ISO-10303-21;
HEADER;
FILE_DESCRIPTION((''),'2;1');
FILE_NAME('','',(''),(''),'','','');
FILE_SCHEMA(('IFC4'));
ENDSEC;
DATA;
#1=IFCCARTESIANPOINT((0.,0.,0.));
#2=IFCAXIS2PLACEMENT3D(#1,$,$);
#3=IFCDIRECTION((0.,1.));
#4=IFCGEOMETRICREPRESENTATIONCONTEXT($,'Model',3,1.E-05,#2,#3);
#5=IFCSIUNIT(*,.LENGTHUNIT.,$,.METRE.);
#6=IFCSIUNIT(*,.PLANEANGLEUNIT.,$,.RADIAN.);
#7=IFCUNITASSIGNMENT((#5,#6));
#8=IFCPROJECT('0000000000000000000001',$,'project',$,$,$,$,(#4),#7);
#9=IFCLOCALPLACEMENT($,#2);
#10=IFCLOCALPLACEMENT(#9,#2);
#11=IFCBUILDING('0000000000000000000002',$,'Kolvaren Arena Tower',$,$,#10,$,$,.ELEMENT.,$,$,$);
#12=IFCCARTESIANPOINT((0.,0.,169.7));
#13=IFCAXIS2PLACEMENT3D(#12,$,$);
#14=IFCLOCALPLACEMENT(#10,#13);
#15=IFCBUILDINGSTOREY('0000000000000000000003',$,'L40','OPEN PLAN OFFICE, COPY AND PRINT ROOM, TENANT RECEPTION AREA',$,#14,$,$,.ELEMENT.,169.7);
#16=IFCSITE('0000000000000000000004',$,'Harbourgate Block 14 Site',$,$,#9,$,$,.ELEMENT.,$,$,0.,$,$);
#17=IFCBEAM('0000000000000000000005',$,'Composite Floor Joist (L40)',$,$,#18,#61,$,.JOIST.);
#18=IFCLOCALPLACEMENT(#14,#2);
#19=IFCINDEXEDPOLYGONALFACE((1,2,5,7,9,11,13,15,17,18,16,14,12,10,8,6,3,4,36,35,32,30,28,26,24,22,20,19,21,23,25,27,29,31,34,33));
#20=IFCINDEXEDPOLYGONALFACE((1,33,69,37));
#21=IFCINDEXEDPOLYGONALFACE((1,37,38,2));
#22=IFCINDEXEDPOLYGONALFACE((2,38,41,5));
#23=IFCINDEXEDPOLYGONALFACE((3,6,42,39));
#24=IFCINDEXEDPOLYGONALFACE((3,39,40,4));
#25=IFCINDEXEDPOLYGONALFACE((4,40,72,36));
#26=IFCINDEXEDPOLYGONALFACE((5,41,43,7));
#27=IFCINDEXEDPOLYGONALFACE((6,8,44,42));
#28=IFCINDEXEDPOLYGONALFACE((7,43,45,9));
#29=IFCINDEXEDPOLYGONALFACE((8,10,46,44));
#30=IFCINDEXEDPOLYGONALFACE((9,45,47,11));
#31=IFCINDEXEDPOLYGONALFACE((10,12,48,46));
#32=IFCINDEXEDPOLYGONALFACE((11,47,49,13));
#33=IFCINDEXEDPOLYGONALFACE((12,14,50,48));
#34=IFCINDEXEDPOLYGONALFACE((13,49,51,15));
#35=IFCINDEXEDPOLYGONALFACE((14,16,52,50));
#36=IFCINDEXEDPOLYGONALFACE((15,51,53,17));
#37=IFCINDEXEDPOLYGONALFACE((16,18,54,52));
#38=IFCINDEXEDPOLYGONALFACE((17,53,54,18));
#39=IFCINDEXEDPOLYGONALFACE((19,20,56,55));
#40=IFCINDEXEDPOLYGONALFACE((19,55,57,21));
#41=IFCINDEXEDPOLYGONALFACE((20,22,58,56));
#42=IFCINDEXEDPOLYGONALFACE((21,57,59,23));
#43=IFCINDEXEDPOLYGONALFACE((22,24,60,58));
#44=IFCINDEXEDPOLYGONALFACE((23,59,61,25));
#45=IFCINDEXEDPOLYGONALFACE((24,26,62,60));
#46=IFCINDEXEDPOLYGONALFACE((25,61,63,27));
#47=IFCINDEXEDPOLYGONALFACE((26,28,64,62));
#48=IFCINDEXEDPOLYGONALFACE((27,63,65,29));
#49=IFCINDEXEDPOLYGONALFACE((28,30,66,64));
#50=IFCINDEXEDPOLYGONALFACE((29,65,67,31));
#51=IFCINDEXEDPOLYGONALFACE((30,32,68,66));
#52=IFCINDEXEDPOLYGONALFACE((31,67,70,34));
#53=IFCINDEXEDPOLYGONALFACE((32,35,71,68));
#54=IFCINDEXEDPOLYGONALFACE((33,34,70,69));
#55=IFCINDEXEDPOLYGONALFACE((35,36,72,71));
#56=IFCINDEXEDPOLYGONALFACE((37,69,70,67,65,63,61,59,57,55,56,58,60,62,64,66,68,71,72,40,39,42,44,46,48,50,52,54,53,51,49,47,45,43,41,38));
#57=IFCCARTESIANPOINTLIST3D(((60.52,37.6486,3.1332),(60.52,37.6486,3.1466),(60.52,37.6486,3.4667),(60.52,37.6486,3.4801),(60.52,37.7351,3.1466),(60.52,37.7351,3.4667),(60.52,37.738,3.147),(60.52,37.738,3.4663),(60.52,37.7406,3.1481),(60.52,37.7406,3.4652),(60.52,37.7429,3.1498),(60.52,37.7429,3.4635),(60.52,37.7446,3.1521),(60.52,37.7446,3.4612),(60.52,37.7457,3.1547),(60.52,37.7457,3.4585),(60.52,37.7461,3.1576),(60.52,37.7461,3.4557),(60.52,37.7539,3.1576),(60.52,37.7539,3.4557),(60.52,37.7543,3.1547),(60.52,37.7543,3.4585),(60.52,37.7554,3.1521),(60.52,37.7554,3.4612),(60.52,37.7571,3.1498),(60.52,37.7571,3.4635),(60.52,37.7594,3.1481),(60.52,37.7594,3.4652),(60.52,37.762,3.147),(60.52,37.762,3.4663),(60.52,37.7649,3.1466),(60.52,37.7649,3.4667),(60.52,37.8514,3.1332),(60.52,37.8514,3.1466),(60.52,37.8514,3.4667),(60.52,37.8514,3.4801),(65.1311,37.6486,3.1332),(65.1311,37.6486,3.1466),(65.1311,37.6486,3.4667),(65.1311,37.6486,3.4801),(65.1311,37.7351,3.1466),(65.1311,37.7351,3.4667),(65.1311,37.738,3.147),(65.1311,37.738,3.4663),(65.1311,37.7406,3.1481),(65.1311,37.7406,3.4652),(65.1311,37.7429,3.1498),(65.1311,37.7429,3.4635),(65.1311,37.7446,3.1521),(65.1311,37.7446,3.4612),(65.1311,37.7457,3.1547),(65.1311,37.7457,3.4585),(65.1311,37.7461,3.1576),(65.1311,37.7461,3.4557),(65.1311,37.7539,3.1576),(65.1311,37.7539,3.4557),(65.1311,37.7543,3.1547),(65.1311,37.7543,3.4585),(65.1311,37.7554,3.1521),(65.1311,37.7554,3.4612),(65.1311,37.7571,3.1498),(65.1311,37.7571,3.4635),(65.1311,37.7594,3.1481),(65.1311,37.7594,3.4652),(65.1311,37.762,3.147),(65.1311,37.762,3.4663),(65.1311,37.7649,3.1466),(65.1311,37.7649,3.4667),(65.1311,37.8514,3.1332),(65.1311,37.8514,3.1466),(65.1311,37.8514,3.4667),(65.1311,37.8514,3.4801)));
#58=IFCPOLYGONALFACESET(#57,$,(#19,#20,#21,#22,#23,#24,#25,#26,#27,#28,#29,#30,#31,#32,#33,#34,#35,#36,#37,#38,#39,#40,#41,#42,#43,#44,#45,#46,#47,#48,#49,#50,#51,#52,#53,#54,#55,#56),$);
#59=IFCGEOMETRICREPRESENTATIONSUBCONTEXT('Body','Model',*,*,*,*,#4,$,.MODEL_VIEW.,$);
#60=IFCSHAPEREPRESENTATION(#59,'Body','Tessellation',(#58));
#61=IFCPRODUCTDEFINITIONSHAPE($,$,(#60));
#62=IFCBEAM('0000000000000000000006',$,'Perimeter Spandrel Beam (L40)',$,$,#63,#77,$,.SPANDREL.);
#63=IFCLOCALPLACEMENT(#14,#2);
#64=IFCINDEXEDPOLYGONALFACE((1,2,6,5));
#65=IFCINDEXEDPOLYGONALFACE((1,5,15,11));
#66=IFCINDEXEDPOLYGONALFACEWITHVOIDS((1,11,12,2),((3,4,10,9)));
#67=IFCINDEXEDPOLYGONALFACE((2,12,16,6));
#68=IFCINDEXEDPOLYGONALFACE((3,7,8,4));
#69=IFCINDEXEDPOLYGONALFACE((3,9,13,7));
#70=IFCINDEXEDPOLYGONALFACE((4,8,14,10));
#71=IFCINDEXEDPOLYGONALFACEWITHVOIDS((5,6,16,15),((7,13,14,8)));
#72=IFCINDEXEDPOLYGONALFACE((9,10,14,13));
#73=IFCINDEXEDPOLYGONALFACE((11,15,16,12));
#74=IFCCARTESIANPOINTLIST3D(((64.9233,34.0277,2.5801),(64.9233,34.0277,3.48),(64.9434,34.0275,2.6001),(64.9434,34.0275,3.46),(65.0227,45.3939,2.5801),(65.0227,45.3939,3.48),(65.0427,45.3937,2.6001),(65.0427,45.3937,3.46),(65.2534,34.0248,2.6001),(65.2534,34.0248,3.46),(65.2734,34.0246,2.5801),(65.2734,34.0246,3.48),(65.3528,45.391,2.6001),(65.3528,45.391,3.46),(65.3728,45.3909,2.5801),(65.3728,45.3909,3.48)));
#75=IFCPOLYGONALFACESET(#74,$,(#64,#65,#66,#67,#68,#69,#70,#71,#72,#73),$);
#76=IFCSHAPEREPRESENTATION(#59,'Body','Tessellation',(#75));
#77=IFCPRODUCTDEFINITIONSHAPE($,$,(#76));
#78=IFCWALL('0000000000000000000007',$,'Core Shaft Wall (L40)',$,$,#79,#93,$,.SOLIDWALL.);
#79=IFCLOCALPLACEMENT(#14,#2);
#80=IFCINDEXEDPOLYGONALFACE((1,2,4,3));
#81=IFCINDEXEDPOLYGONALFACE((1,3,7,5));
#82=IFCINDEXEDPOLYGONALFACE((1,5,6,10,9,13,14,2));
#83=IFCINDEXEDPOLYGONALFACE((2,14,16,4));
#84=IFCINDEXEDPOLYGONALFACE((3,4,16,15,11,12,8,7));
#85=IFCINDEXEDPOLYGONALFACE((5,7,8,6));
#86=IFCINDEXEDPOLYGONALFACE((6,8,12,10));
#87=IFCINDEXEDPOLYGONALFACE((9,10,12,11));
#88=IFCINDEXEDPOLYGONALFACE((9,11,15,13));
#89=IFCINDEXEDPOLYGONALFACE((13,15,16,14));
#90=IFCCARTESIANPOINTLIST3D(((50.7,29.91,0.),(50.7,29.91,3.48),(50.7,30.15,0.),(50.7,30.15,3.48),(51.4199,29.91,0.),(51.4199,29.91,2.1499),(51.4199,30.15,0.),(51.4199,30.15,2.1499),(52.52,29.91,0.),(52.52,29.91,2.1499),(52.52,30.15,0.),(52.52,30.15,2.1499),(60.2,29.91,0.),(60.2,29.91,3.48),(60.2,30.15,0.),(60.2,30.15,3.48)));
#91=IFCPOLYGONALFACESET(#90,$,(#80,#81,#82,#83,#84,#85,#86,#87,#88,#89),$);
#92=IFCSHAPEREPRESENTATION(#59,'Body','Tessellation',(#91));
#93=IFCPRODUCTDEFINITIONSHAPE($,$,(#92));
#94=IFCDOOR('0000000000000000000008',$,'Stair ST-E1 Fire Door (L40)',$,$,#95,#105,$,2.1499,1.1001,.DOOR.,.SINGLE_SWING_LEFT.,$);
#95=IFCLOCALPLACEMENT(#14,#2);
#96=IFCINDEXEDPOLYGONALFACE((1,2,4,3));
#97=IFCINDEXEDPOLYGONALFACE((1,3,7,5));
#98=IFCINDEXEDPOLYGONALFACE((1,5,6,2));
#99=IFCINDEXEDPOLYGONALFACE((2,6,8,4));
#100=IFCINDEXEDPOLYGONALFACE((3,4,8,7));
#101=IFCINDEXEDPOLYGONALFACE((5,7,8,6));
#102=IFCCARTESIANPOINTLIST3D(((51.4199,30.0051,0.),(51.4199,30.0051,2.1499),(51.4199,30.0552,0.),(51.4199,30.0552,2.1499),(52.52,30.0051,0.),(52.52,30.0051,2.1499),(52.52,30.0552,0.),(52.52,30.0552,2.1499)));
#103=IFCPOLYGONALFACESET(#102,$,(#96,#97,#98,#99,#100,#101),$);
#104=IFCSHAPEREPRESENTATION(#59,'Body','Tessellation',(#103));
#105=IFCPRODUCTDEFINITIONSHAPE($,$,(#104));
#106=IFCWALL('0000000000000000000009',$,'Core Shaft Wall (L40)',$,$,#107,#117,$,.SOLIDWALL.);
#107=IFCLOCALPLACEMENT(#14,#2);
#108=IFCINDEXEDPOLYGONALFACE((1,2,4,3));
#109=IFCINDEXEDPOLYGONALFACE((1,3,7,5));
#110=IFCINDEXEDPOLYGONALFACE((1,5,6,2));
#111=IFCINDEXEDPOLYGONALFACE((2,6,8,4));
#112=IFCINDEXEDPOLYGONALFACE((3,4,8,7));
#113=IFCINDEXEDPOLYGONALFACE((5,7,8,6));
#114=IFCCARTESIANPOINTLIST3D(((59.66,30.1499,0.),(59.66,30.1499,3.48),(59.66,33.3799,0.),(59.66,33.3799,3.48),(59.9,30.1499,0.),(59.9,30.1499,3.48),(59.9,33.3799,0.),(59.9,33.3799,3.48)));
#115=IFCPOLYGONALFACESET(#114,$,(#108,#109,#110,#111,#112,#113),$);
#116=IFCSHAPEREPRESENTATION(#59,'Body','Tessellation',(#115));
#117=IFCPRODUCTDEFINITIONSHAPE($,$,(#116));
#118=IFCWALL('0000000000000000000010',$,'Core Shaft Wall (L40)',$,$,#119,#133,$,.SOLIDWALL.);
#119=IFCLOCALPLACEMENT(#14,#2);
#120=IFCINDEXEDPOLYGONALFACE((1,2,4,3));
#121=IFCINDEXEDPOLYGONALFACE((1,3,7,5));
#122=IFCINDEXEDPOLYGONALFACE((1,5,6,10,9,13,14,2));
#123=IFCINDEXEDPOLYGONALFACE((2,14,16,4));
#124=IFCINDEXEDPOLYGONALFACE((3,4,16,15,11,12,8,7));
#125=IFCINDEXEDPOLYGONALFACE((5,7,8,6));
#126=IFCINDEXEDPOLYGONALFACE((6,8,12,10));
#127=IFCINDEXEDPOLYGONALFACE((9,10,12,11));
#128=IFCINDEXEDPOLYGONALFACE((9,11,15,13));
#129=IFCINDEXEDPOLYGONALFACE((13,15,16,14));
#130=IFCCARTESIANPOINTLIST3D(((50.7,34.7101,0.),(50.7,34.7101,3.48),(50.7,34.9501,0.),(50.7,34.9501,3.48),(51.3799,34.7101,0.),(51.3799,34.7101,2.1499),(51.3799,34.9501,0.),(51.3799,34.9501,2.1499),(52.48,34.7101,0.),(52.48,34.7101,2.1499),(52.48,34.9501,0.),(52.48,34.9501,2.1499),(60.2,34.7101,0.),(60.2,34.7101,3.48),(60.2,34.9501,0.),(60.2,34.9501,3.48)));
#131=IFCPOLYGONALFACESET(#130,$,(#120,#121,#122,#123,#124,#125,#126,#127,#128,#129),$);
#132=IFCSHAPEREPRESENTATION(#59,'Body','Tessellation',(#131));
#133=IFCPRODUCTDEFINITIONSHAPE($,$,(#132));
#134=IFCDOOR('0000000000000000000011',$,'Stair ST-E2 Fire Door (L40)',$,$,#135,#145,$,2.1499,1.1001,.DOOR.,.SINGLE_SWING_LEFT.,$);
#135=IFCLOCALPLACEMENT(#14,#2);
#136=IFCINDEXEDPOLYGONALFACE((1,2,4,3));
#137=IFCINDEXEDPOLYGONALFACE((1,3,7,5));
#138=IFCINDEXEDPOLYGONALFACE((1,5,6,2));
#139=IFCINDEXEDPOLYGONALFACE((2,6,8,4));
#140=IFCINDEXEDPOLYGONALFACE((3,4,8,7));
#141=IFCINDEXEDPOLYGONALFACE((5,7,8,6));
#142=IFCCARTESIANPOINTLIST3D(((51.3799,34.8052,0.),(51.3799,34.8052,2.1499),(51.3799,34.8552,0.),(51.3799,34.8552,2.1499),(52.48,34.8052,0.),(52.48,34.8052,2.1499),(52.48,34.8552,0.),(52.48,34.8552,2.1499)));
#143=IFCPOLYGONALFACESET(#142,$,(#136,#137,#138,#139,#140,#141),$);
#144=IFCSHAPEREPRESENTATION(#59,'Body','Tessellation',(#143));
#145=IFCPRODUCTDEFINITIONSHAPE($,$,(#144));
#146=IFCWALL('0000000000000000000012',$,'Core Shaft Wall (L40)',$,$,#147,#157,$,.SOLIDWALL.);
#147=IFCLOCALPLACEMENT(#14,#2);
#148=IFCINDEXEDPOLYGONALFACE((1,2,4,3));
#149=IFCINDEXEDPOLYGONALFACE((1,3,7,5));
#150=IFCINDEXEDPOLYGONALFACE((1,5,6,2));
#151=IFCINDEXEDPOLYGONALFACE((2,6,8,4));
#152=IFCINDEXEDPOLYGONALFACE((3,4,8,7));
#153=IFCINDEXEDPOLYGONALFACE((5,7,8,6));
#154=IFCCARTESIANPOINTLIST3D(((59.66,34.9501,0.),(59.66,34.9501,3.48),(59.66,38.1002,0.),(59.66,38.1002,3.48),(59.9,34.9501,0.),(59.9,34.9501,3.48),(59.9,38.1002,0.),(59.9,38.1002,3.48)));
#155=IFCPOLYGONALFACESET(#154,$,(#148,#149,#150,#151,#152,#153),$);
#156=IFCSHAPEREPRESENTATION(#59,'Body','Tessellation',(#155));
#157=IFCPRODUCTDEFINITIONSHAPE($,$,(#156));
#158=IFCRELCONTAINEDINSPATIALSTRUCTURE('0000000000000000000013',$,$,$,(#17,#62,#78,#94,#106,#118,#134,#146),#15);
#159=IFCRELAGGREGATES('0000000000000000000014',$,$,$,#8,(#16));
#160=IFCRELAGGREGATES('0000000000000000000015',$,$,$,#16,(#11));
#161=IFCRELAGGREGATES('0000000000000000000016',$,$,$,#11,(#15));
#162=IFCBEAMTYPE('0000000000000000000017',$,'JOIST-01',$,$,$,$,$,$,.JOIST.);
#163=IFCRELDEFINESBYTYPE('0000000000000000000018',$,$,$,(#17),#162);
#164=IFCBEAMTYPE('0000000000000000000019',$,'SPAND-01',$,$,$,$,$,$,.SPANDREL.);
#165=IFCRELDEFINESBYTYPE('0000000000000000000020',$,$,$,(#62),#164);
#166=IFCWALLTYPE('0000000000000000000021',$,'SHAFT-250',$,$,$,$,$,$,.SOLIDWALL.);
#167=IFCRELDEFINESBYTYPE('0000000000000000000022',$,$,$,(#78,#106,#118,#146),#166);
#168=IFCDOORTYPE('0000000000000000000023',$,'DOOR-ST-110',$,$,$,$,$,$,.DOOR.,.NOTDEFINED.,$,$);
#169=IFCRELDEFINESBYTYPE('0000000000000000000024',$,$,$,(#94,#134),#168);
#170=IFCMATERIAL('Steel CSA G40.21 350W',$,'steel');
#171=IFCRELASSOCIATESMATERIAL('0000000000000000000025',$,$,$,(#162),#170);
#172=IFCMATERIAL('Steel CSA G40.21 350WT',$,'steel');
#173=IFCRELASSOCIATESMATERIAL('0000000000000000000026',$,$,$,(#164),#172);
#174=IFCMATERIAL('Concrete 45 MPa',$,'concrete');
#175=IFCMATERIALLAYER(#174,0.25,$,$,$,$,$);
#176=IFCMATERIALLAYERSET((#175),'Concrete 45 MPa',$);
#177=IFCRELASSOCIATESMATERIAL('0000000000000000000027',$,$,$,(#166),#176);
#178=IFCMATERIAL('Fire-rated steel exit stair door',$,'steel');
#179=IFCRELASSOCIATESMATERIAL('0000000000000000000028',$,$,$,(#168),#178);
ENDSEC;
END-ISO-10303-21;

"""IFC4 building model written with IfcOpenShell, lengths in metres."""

from ifc_helpers import new_model, si_unit, direction, frame, frame_2d, origin, origin_2d, place, context, subcontext, project, spatial, rectangle, hollow_rectangle, i_section, extrude, material, layer, layer_set, material_profile, profile_set, type_object, element, fill, save


model = new_model("IFC4")

# Units and contexts
model_context = context("Model", 3, precision=1e-05, world=origin(), true_north=direction((0.0, 1.0)))
body_context = subcontext(model_context, "Body", "Model", "MODEL_VIEW")
ifc_project = project(units=[si_unit("LENGTHUNIT", "METRE"), si_unit("PLANEANGLEUNIT", "RADIAN")], contexts=[model_context])

# Site, building, storey
site_placement = place(None, origin())
site = spatial("IfcSite", under=ifc_project, at=site_placement, Name="Harbourgate Block 14 Site", CompositionType="ELEMENT", RefElevation=0.0)
building_placement = place(site_placement, origin())
building = spatial("IfcBuilding", under=site, at=building_placement, Name="Kolvaren Arena Tower", CompositionType="ELEMENT")
storey_placement = place(building_placement, frame((0.0, 0.0, 169.7)))
storey = spatial("IfcBuildingStorey", under=building, at=storey_placement, Name="L40", Description="OPEN PLAN OFFICE, COPY AND PRINT ROOM, TENANT RECEPTION AREA", CompositionType="ELEMENT", Elevation=169.7)

# Beams
ifc_material_1 = material(Name="Steel CSA G40.21 350W", Category="steel")
ifc_material_profile_1 = material_profile(ifc_material_1, i_section(OverallWidth=0.2029, OverallDepth=0.3469, WebThickness=0.0078, FlangeThickness=0.0134, FilletRadius=0.011, at=origin_2d()), Name="W360x64")
ifc_profile_set_1 = profile_set([ifc_material_profile_1], Name="Steel CSA G40.21 350W")
beam_type_1 = type_object("IfcBeamType", Name="JOIST-01", PredefinedType="JOIST", material=ifc_profile_set_1)
beam_1_placement = place(storey_placement, frame((60.52, 37.75, 3.3066), z_axis=(1.0, 0.0, 0.0), x_axis=(0.0, 1.0, 0.0)))
element("IfcBeam", 1, at=beam_1_placement, inside=storey, type_object=beam_type_1, Name="Composite Floor Joist (L40)", PredefinedType="JOIST", context=body_context, shape_type="SweptSolid", body=[
    extrude(i_section(OverallWidth=0.2029, OverallDepth=0.3469, WebThickness=0.0078, FlangeThickness=0.0134, FilletRadius=0.011, at=origin_2d()), origin(), (0.0, 0.0, 1.0), 4.6111),
])
ifc_material_2 = material(Name="Steel CSA G40.21 350WT", Category="steel")
ifc_material_profile_2 = material_profile(ifc_material_2, hollow_rectangle(XDim=0.3501, YDim=0.8999, WallThickness=0.02, at=origin_2d()), Name="HSS 900x350x20")
ifc_profile_set_2 = profile_set([ifc_material_profile_2], Name="Steel CSA G40.21 350WT")
beam_type_2 = type_object("IfcBeamType", Name="SPAND-01", PredefinedType="SPANDREL", material=ifc_profile_set_2)
beam_2_placement = place(storey_placement, frame((65.0984, 34.0261, 3.03), z_axis=(0.008742, 0.999962, 0.0), x_axis=(-0.999962, 0.008742, 0.0)))
element("IfcBeam", 2, at=beam_2_placement, inside=storey, type_object=beam_type_2, Name="Perimeter Spandrel Beam (L40)", PredefinedType="SPANDREL", context=body_context, shape_type="SweptSolid", body=[
    extrude(hollow_rectangle(XDim=0.3501, YDim=0.8999, WallThickness=0.02, at=origin_2d()), origin(), (0.0, 0.0, 1.0), 11.3667),
])

# Wall, opening, door
ifc_material_3 = material(Name="Concrete 45 MPa", Category="concrete")
ifc_layer = layer(ifc_material_3, 0.25)
ifc_layer_set = layer_set([ifc_layer], Name="Concrete 45 MPa")
wall_type = type_object("IfcWallType", Name="SHAFT-250", PredefinedType="SOLIDWALL", material=ifc_layer_set)
wall_1_placement = place(storey_placement, frame((60.2, 30.03, 0.0), z_axis=(0.0, 0.0, 1.0), x_axis=(-1.0, 0.0, 0.0)))
wall_1 = element("IfcWall", 3, at=wall_1_placement, inside=storey, type_object=wall_type, Name="Core Shaft Wall (L40)", PredefinedType="SOLIDWALL", context=body_context, shape_type="SweptSolid", body=[
    extrude(rectangle(XDim=9.5, YDim=0.24, at=frame_2d((4.75, 0.0))), origin(), (0.0, 0.0, 1.0), 3.48),
])
opening_1_placement = place(wall_1_placement, frame((7.6799, 0.0, 0.0)))
opening_1 = element("IfcOpeningElement", 4, at=opening_1_placement, cuts=wall_1, PredefinedType="OPENING", context=body_context, shape_type="SweptSolid", body=[
    extrude(rectangle(XDim=1.1001, YDim=2.1499, at=frame_2d((0.55, 1.075))), frame((0.0, 0.1299, 0.0), z_axis=(0.0, -1.0, 0.0), x_axis=(1.0, 0.0, 0.0)), (0.0, 0.0, 1.0), 0.26),
])
ifc_material_4 = material(Name="Fire-rated steel exit stair door", Category="steel")
door_type = type_object("IfcDoorType", Name="DOOR-ST-110", OperationType="NOTDEFINED", PredefinedType="DOOR", material=ifc_material_4)
door_1_placement = place(opening_1_placement, origin())
door_1 = element("IfcDoor", 5, at=door_1_placement, inside=storey, type_object=door_type, Name="Stair ST-E1 Fire Door (L40)", OperationType="SINGLE_SWING_LEFT", OverallHeight=2.1499, OverallWidth=1.1001, PredefinedType="DOOR", context=body_context, shape_type="SweptSolid", body=[
    extrude(rectangle(XDim=1.1001, YDim=2.1499, at=frame_2d((0.55, 1.075))), frame((0.0, 0.0249, 0.0), z_axis=(0.0, -1.0, 0.0), x_axis=(1.0, 0.0, 0.0)), (0.0, 0.0, 1.0), 0.05),
])
fill(opening_1, door_1)

# Wall
wall_2_placement = place(storey_placement, frame((59.78, 30.1499, 0.0), z_axis=(0.0, 0.0, 1.0), x_axis=(0.0, 1.0, 0.0)))
element("IfcWall", 6, at=wall_2_placement, inside=storey, type_object=wall_type, Name="Core Shaft Wall (L40)", PredefinedType="SOLIDWALL", context=body_context, shape_type="SweptSolid", body=[
    extrude(rectangle(XDim=3.23, YDim=0.24, at=frame_2d((1.615, 0.0))), origin(), (0.0, 0.0, 1.0), 3.48),
])

# Wall, opening, door
wall_3_placement = place(storey_placement, frame((60.2, 34.8301, 0.0), z_axis=(0.0, 0.0, 1.0), x_axis=(-1.0, 0.0, 0.0)))
wall_3 = element("IfcWall", 7, at=wall_3_placement, inside=storey, type_object=wall_type, Name="Core Shaft Wall (L40)", PredefinedType="SOLIDWALL", context=body_context, shape_type="SweptSolid", body=[
    extrude(rectangle(XDim=9.5, YDim=0.24, at=frame_2d((4.75, 0.0))), origin(), (0.0, 0.0, 1.0), 3.48),
])
opening_2_placement = place(wall_3_placement, frame((7.72, 0.0, 0.0)))
opening_2 = element("IfcOpeningElement", 8, at=opening_2_placement, cuts=wall_3, PredefinedType="OPENING", context=body_context, shape_type="SweptSolid", body=[
    extrude(rectangle(XDim=1.1001, YDim=2.1499, at=frame_2d((0.55, 1.075))), frame((0.0, 0.1299, 0.0), z_axis=(0.0, -1.0, 0.0), x_axis=(1.0, 0.0, 0.0)), (0.0, 0.0, 1.0), 0.26),
])
door_2_placement = place(opening_2_placement, origin())
door_2 = element("IfcDoor", 9, at=door_2_placement, inside=storey, type_object=door_type, Name="Stair ST-E2 Fire Door (L40)", OperationType="SINGLE_SWING_LEFT", OverallHeight=2.1499, OverallWidth=1.1001, PredefinedType="DOOR", context=body_context, shape_type="SweptSolid", body=[
    extrude(rectangle(XDim=1.1001, YDim=2.1499, at=frame_2d((0.55, 1.075))), frame((0.0, 0.0249, 0.0), z_axis=(0.0, -1.0, 0.0), x_axis=(1.0, 0.0, 0.0)), (0.0, 0.0, 1.0), 0.05),
])
fill(opening_2, door_2)

# Wall
wall_4_placement = place(storey_placement, frame((59.78, 34.95, 0.0), z_axis=(0.0, 0.0, 1.0), x_axis=(0.0, 1.0, 0.0)))
element("IfcWall", 10, at=wall_4_placement, inside=storey, type_object=wall_type, Name="Core Shaft Wall (L40)", PredefinedType="SOLIDWALL", context=body_context, shape_type="SweptSolid", body=[
    extrude(rectangle(XDim=3.1501, YDim=0.24, at=frame_2d((1.5752, 0.0))), origin(), (0.0, 0.0, 1.0), 3.48),
])

save(model, "model.ifc")
